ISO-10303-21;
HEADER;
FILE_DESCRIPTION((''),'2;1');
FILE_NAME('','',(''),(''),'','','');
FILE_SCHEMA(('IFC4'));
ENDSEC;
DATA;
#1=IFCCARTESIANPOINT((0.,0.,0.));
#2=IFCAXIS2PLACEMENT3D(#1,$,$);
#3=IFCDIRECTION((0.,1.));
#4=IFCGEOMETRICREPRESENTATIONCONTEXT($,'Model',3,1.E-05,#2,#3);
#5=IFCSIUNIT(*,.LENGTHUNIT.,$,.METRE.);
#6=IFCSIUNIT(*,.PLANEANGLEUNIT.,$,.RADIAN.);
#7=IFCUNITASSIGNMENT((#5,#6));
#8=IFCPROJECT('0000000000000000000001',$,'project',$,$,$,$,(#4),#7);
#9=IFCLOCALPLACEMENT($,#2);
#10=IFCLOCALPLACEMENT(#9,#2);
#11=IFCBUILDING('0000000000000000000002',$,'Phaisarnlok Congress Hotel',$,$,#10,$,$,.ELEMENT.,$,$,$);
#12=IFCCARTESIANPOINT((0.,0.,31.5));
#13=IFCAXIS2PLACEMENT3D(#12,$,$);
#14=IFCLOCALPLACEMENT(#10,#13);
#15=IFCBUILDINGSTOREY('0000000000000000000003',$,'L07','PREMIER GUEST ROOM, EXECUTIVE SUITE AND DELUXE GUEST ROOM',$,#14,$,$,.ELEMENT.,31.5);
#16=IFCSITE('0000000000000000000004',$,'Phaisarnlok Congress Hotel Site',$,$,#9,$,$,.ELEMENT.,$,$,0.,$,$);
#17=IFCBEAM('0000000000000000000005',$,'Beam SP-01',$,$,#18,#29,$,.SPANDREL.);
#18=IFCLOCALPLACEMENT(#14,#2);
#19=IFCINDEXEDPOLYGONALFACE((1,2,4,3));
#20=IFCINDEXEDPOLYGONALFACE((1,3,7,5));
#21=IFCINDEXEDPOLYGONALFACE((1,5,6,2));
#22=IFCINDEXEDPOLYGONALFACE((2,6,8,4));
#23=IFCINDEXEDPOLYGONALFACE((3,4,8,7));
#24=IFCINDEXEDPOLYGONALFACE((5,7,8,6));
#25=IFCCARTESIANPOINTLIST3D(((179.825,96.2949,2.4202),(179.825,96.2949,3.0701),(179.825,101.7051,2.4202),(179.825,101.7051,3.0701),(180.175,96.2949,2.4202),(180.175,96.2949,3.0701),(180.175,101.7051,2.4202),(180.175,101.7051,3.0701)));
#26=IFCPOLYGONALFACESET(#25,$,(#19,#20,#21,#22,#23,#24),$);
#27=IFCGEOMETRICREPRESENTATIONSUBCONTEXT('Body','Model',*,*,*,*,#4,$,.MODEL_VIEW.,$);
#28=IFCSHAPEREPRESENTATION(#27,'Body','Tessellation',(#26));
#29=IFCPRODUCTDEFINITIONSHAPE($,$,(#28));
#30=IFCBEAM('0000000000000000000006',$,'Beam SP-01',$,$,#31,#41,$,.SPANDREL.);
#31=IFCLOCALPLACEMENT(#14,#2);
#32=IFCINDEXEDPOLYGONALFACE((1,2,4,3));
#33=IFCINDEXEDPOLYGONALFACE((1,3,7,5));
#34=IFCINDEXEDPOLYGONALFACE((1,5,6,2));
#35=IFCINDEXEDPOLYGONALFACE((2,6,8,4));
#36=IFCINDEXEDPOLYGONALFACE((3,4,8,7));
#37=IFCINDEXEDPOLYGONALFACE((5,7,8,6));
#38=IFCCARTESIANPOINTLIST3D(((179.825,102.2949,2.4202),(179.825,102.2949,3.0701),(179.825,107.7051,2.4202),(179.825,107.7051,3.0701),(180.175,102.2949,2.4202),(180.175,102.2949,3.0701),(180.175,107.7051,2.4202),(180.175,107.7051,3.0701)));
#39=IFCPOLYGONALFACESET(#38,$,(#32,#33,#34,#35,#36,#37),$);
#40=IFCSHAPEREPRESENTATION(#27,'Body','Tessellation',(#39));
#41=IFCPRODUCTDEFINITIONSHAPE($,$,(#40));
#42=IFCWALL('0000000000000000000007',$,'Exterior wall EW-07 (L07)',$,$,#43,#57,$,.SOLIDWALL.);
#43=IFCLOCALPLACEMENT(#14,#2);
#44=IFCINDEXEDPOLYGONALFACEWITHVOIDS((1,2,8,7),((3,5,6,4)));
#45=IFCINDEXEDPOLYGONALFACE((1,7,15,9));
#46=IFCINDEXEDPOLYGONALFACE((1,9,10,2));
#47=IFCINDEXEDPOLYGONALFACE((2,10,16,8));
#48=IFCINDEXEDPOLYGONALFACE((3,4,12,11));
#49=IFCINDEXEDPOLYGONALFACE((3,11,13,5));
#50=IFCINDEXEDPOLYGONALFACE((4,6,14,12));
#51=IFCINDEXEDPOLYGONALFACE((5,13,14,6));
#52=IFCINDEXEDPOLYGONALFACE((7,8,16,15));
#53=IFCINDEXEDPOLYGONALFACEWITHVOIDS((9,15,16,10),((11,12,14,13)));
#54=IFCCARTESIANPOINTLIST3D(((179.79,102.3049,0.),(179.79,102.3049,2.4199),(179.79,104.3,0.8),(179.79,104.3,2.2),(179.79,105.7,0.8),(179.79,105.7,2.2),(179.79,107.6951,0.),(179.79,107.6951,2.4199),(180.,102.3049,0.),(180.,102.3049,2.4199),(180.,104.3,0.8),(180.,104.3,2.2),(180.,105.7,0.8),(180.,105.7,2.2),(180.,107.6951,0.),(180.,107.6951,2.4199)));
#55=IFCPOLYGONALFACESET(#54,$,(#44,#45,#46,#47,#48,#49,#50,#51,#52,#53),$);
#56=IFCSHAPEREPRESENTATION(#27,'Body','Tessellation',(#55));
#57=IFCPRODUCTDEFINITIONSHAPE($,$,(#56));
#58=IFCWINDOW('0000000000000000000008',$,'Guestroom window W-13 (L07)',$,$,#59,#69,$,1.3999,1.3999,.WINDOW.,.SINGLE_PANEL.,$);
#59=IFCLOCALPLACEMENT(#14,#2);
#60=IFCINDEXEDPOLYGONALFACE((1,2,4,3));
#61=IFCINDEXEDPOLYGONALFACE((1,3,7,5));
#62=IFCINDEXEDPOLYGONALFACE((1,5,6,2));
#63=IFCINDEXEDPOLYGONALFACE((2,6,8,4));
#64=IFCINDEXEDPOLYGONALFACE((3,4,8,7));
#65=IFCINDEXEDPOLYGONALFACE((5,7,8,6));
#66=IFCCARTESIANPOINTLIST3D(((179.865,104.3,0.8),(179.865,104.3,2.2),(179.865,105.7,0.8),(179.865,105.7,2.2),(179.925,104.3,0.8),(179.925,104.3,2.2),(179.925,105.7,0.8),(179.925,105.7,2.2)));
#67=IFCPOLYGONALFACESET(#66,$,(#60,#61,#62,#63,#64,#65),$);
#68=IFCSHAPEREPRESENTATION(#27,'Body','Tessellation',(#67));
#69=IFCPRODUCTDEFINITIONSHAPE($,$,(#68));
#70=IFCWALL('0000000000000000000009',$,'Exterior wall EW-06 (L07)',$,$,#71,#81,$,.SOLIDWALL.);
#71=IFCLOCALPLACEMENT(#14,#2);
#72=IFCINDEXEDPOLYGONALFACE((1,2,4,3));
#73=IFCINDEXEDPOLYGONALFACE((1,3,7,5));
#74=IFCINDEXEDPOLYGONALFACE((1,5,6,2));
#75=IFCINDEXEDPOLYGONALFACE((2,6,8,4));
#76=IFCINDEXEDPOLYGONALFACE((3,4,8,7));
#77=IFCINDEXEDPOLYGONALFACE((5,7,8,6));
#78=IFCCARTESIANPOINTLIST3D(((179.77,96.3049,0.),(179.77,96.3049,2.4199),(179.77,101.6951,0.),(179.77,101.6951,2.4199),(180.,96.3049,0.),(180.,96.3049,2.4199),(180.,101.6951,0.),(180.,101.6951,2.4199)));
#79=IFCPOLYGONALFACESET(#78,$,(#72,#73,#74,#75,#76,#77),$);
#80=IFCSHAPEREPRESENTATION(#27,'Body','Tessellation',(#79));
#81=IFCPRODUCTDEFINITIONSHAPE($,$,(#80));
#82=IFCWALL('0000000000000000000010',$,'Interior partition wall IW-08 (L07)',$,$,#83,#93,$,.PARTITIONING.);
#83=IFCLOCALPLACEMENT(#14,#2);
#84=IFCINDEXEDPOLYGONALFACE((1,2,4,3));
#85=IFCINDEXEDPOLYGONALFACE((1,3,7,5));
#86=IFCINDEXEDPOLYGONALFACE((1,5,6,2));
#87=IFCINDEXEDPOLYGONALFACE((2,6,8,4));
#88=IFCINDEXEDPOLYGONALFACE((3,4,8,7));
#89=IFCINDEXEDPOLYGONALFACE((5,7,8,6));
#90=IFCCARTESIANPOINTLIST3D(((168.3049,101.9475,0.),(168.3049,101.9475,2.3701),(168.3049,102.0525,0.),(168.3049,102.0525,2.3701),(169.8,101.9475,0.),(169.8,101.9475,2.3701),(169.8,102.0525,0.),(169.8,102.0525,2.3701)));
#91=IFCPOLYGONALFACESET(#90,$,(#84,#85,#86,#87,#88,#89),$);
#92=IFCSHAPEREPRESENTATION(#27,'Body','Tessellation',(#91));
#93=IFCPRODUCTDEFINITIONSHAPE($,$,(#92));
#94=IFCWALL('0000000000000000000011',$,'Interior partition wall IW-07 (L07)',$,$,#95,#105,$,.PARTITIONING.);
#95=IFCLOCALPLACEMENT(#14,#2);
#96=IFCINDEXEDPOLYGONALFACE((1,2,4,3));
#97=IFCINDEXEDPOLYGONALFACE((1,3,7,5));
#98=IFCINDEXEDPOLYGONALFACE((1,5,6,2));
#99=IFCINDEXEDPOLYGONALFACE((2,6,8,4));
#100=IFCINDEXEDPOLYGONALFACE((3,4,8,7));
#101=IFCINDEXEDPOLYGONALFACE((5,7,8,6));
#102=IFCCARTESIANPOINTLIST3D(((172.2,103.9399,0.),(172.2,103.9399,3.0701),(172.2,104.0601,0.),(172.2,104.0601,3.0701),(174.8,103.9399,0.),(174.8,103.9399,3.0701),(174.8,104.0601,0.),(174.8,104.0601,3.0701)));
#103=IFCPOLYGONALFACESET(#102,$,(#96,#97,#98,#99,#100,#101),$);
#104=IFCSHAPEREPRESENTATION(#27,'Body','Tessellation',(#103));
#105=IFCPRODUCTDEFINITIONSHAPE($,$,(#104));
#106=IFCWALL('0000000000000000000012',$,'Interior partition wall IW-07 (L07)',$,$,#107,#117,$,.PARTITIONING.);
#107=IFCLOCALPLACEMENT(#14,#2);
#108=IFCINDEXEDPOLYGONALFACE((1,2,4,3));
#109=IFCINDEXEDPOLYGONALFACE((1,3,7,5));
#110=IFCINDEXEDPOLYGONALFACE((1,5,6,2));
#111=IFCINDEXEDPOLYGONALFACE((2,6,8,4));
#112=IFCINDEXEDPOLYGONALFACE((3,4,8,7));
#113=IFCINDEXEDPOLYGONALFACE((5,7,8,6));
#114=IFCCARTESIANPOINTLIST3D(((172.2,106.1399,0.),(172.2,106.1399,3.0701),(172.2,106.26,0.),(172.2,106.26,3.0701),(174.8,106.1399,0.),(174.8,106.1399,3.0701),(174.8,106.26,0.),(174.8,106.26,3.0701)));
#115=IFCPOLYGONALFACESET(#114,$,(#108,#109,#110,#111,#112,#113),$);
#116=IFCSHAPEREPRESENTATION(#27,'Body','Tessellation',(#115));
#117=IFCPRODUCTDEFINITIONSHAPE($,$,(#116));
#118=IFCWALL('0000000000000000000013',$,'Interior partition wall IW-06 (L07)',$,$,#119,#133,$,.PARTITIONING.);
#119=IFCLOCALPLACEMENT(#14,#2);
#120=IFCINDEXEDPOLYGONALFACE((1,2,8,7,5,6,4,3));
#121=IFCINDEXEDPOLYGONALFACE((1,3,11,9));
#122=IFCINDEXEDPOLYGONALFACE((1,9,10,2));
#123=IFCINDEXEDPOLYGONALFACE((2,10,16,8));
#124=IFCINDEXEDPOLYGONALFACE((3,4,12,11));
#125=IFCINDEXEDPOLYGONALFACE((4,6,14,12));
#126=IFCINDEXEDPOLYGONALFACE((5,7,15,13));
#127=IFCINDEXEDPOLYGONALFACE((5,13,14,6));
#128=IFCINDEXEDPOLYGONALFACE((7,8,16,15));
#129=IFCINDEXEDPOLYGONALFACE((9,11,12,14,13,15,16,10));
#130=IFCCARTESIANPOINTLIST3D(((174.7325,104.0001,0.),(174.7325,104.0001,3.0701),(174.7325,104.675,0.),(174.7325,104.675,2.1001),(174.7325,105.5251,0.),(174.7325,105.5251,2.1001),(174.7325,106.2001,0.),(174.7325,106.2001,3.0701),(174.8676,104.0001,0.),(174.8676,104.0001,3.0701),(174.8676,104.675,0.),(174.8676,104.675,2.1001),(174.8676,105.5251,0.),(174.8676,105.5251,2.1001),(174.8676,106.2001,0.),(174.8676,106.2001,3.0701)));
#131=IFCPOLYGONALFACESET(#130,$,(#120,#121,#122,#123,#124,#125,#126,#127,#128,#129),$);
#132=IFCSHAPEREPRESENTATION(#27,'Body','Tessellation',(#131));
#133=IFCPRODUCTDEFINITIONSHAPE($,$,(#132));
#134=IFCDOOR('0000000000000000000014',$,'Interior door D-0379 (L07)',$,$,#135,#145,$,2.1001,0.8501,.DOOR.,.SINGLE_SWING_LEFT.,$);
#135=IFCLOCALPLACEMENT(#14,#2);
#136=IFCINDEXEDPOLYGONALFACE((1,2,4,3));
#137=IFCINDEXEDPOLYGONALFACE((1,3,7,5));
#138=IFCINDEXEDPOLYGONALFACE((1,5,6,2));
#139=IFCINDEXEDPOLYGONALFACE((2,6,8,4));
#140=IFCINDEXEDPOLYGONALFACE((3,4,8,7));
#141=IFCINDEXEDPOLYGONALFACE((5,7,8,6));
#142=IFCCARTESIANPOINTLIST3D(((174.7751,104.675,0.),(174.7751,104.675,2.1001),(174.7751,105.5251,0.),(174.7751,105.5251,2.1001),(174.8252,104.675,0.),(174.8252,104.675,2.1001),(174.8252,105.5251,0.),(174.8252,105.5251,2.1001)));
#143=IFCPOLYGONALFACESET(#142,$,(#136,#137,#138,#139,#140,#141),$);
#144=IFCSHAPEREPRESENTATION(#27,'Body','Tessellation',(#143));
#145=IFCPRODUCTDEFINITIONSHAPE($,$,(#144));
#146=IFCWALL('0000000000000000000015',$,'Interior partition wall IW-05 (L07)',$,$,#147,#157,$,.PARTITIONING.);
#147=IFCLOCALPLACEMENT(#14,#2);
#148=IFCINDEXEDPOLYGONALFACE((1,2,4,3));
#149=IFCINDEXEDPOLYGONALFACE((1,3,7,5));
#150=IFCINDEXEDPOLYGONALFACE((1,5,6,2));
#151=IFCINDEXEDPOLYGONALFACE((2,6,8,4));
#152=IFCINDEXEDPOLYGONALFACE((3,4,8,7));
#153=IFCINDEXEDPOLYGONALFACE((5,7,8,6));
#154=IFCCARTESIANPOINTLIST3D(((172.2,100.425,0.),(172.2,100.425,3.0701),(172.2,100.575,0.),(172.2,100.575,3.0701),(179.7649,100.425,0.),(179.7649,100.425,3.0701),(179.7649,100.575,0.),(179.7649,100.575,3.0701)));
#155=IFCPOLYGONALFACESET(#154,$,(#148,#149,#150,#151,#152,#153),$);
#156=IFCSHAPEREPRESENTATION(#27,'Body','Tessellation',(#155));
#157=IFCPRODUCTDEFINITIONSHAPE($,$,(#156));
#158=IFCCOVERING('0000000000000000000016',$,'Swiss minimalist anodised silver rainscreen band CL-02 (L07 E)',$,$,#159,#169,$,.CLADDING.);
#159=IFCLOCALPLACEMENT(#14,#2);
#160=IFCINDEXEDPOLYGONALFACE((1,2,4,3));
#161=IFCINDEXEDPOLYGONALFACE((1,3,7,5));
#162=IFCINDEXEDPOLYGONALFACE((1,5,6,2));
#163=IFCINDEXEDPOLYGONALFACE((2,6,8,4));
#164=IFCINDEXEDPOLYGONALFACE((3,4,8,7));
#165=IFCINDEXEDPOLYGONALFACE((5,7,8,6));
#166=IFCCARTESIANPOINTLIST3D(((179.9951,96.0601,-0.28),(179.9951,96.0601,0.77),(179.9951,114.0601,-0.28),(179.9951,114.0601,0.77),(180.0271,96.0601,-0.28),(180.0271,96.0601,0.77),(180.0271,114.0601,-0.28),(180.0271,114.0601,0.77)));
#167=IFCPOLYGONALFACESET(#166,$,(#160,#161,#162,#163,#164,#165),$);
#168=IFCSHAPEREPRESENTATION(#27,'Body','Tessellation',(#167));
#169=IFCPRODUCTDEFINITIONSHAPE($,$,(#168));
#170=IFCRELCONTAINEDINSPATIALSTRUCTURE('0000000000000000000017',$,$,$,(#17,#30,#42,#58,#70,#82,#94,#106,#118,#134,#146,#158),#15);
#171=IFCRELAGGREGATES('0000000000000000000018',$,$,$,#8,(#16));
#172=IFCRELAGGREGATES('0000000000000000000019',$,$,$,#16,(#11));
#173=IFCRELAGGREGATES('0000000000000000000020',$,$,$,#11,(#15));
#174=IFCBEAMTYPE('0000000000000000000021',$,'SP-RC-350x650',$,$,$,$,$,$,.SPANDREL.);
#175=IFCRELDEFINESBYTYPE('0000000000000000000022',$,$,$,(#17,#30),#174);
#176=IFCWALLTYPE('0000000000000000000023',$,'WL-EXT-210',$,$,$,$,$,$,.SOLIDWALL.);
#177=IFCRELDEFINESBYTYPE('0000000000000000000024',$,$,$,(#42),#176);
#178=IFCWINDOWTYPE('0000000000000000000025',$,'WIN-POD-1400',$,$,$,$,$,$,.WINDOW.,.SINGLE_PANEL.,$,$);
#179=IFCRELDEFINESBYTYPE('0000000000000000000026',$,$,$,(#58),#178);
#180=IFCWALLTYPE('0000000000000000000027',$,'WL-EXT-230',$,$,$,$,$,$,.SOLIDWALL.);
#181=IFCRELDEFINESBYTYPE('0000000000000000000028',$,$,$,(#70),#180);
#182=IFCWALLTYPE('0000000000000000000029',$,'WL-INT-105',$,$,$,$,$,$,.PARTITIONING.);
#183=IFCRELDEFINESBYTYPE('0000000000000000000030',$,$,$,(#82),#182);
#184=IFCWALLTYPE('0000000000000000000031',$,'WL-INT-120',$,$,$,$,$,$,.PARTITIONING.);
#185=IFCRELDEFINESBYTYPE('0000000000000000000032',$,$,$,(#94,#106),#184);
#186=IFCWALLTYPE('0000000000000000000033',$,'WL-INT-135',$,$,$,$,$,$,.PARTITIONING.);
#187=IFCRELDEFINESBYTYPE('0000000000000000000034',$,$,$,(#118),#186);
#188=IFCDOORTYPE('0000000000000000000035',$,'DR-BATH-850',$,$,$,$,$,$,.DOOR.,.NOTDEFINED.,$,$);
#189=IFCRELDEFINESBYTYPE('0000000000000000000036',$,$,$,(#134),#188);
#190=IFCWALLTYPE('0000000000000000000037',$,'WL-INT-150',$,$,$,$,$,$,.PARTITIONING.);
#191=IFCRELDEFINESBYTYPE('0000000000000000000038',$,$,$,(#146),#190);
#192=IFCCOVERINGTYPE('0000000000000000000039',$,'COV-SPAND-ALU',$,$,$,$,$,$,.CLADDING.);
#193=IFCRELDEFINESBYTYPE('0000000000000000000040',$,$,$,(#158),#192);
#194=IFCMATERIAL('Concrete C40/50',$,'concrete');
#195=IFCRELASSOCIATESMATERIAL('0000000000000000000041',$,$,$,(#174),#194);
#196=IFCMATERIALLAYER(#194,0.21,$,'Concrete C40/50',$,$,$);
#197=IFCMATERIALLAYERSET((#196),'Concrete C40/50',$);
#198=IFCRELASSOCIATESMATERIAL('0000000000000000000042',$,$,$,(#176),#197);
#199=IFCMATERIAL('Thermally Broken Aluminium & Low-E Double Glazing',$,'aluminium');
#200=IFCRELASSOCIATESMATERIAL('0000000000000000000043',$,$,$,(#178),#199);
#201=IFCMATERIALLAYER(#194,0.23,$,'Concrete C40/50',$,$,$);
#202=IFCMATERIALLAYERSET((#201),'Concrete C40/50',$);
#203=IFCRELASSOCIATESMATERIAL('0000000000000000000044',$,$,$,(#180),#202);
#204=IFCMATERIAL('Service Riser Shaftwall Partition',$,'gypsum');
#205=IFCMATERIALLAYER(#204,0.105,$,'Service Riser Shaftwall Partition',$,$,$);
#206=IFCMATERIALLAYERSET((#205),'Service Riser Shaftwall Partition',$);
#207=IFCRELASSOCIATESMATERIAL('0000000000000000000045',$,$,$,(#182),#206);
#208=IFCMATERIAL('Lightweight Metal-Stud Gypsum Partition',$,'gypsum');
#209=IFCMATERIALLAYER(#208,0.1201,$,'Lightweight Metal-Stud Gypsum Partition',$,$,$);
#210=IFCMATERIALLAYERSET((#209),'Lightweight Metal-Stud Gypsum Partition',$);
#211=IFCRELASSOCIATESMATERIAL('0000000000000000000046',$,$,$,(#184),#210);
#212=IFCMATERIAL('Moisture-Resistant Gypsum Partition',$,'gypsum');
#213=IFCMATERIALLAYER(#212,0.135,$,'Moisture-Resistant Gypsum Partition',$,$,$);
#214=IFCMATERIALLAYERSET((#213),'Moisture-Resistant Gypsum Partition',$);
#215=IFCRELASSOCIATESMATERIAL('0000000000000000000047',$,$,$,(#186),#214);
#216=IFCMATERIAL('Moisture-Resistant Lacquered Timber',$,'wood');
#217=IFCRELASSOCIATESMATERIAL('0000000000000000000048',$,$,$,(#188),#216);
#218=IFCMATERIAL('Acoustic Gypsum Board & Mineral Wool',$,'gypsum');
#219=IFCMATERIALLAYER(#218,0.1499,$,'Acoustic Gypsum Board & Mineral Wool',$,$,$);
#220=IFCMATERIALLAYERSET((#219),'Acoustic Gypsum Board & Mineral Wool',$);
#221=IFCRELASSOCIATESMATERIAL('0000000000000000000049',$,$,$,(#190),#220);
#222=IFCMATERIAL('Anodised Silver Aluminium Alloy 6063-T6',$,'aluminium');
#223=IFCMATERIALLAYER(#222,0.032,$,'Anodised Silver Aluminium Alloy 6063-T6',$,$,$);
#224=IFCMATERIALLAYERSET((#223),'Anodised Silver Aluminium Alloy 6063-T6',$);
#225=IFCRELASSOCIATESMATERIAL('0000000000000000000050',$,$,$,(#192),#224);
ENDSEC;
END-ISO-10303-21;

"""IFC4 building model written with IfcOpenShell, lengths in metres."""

from ifc_helpers import new_model, si_unit, direction, frame, frame_2d, origin, origin_2d, place, context, subcontext, project, spatial, polyline, rectangle, outline, extrude, material, layer, layer_set, material_profile, profile_set, type_object, element, fill, save


model = new_model("IFC4")

# Units and contexts
model_context = context("Model", 3, precision=1e-05, world=origin(), true_north=direction((0.0, 1.0)))
body_context = subcontext(model_context, "Body", "Model", "MODEL_VIEW")
ifc_project = project(units=[si_unit("LENGTHUNIT", "METRE"), si_unit("PLANEANGLEUNIT", "RADIAN")], contexts=[model_context])

# Site, building, storey
site_placement = place(None, origin())
site = spatial("IfcSite", under=ifc_project, at=site_placement, Name="Phaisarnlok Congress Hotel Site", CompositionType="ELEMENT", RefElevation=0.0)
building_placement = place(site_placement, origin())
building = spatial("IfcBuilding", under=site, at=building_placement, Name="Phaisarnlok Congress Hotel", CompositionType="ELEMENT")
storey_placement = place(building_placement, frame((0.0, 0.0, 31.5)))
storey = spatial("IfcBuildingStorey", under=building, at=storey_placement, Name="L07", Description="PREMIER GUEST ROOM, EXECUTIVE SUITE AND DELUXE GUEST ROOM", CompositionType="ELEMENT", Elevation=31.5)

# Beams
ifc_material_1 = material(Name="Concrete C40/50", Category="concrete")
ifc_material_profile_1 = material_profile(ifc_material_1, rectangle(XDim=0.3501, YDim=0.6499, at=origin_2d()), Name="RC 350x650")
ifc_profile_set_1 = profile_set([ifc_material_profile_1], Name="Concrete C40/50")
beam_type_1 = type_object("IfcBeamType", Name="SP-RC-350x650", PredefinedType="SPANDREL", material=ifc_profile_set_1)
for number, where, z_axis, x_axis, name in (
    (1, (180.0, 96.2949, 2.7451), (0.0, 1.0, 0.0), (-1.0, 0.0, 0.0), "Beam SP-01"),
    (2, (180.0, 102.2949, 2.7451), (0.0, 1.0, 0.0), (-1.0, 0.0, 0.0), "Beam SP-01"),
):
    element("IfcBeam", number, at=place(storey_placement, frame(where, z_axis=z_axis, x_axis=x_axis)), inside=storey, type_object=beam_type_1, Name=name, PredefinedType="SPANDREL", context=body_context, shape_type="SweptSolid", body=[
        extrude(rectangle(XDim=0.3501, YDim=0.6499, at=origin_2d()), origin(), (0.0, 0.0, 1.0), 5.4102),
    ])

# Wall, opening, window
ifc_layer_1 = layer(ifc_material_1, 0.21, Name="Concrete C40/50")
ifc_layer_set_1 = layer_set([ifc_layer_1], Name="Concrete C40/50")
wall_type_1 = type_object("IfcWallType", Name="WL-EXT-210", PredefinedType="SOLIDWALL", material=ifc_layer_set_1)
wall_1_placement = place(storey_placement, frame((179.895, 102.3049, 0.0), z_axis=(0.0, 0.0, 1.0), x_axis=(0.0, 1.0, 0.0)))
wall_1 = element("IfcWall", 3, at=wall_1_placement, inside=storey, type_object=wall_type_1, Name="Exterior wall EW-07 (L07)", PredefinedType="SOLIDWALL", context=body_context, shape_type="SweptSolid", body=[
    extrude(rectangle(XDim=5.3901, YDim=0.21, at=frame_2d((2.6951, 0.0))), origin(), (0.0, 0.0, 1.0), 2.4199),
])
opening_1_placement = place(wall_1_placement, frame((1.9951, 0.0, 0.8)))
opening_1 = element("IfcOpeningElement", 4, at=opening_1_placement, cuts=wall_1, PredefinedType="OPENING", context=body_context, shape_type="SweptSolid", body=[
    extrude(rectangle(XDim=1.3999, YDim=1.3999, at=frame_2d((0.7, 0.7))), frame((0.0, 0.115, 0.0), z_axis=(0.0, -1.0, 0.0), x_axis=(1.0, 0.0, 0.0)), (0.0, 0.0, 1.0), 0.23),
])
ifc_material_2 = material(Name="Thermally Broken Aluminium & Low-E Double Glazing", Category="aluminium")
window_type = type_object("IfcWindowType", Name="WIN-POD-1400", PartitioningType="SINGLE_PANEL", PredefinedType="WINDOW", material=ifc_material_2)
window_placement = place(opening_1_placement, origin())
window = element("IfcWindow", 5, at=window_placement, inside=storey, type_object=window_type, Name="Guestroom window W-13 (L07)", OverallHeight=1.3999, OverallWidth=1.3999, PartitioningType="SINGLE_PANEL", PredefinedType="WINDOW", context=body_context, shape_type="SweptSolid", body=[
    extrude(rectangle(XDim=1.3999, YDim=1.3999, at=frame_2d((0.7, 0.7))), frame((0.0, 0.03, 0.0), z_axis=(0.0, -1.0, 0.0), x_axis=(1.0, 0.0, 0.0)), (0.0, 0.0, 1.0), 0.0601),
])
fill(opening_1, window)

# Walls
ifc_layer_2 = layer(ifc_material_1, 0.23, Name="Concrete C40/50")
ifc_layer_set_2 = layer_set([ifc_layer_2], Name="Concrete C40/50")
wall_type_2 = type_object("IfcWallType", Name="WL-EXT-230", PredefinedType="SOLIDWALL", material=ifc_layer_set_2)
wall_2_placement = place(storey_placement, frame((179.885, 96.3049, 0.0), z_axis=(0.0, 0.0, 1.0), x_axis=(0.0, 1.0, 0.0)))
element("IfcWall", 6, at=wall_2_placement, inside=storey, type_object=wall_type_2, Name="Exterior wall EW-06 (L07)", PredefinedType="SOLIDWALL", context=body_context, shape_type="SweptSolid", body=[
    extrude(rectangle(XDim=5.3901, YDim=0.23, at=frame_2d((2.6951, 0.0))), origin(), (0.0, 0.0, 1.0), 2.4199),
])
ifc_material_3 = material(Name="Service Riser Shaftwall Partition", Category="gypsum")
ifc_layer_3 = layer(ifc_material_3, 0.105, Name="Service Riser Shaftwall Partition")
ifc_layer_set_3 = layer_set([ifc_layer_3], Name="Service Riser Shaftwall Partition")
wall_type_3 = type_object("IfcWallType", Name="WL-INT-105", PredefinedType="PARTITIONING", material=ifc_layer_set_3)
wall_3_placement = place(storey_placement, frame((168.3049, 102.0, 0.0), z_axis=(0.0, 0.0, 1.0), x_axis=(1.0, 0.0, 0.0)))
element("IfcWall", 7, at=wall_3_placement, inside=storey, type_object=wall_type_3, Name="Interior partition wall IW-08 (L07)", PredefinedType="PARTITIONING", context=body_context, shape_type="SweptSolid", body=[
    extrude(rectangle(XDim=1.4951, YDim=0.105, at=frame_2d((0.7476, 0.0))), origin(), (0.0, 0.0, 1.0), 2.3701),
])
ifc_material_4 = material(Name="Lightweight Metal-Stud Gypsum Partition", Category="gypsum")
ifc_layer_4 = layer(ifc_material_4, 0.1201, Name="Lightweight Metal-Stud Gypsum Partition")
ifc_layer_set_4 = layer_set([ifc_layer_4], Name="Lightweight Metal-Stud Gypsum Partition")
wall_type_4 = type_object("IfcWallType", Name="WL-INT-120", PredefinedType="PARTITIONING", material=ifc_layer_set_4)
for number, where, z_axis, x_axis, name in (
    (8, (172.2, 104.0, 0.0), (0.0, 0.0, 1.0), (1.0, 0.0, 0.0), "Interior partition wall IW-07 (L07)"),
    (9, (172.2, 106.2, 0.0), (0.0, 0.0, 1.0), (1.0, 0.0, 0.0), "Interior partition wall IW-07 (L07)"),
):
    element("IfcWall", number, at=place(storey_placement, frame(where, z_axis=z_axis, x_axis=x_axis)), inside=storey, type_object=wall_type_4, Name=name, PredefinedType="PARTITIONING", context=body_context, shape_type="SweptSolid", body=[
        extrude(rectangle(XDim=2.6001, YDim=0.1201, at=frame_2d((1.3, 0.0))), origin(), (0.0, 0.0, 1.0), 3.0701),
    ])

# Wall, opening, door
ifc_material_5 = material(Name="Moisture-Resistant Gypsum Partition", Category="gypsum")
ifc_layer_5 = layer(ifc_material_5, 0.135, Name="Moisture-Resistant Gypsum Partition")
ifc_layer_set_5 = layer_set([ifc_layer_5], Name="Moisture-Resistant Gypsum Partition")
wall_type_5 = type_object("IfcWallType", Name="WL-INT-135", PredefinedType="PARTITIONING", material=ifc_layer_set_5)
wall_4_placement = place(storey_placement, frame((174.8, 104.0, 0.0), z_axis=(0.0, 0.0, 1.0), x_axis=(0.0, 1.0, 0.0)))
wall_4 = element("IfcWall", 10, at=wall_4_placement, inside=storey, type_object=wall_type_5, Name="Interior partition wall IW-06 (L07)", PredefinedType="PARTITIONING", context=body_context, shape_type="SweptSolid", body=[
    extrude(rectangle(XDim=2.2, YDim=0.135, at=frame_2d((1.1001, 0.0))), origin(), (0.0, 0.0, 1.0), 3.0701),
])
opening_2_placement = place(wall_4_placement, frame((0.675, 0.0, 0.0)))
opening_2 = element("IfcOpeningElement", 11, at=opening_2_placement, cuts=wall_4, PredefinedType="OPENING", context=body_context, shape_type="SweptSolid", body=[
    extrude(rectangle(XDim=0.8501, YDim=2.1001, at=frame_2d((0.425, 1.05))), frame((0.0, 0.0776, 0.0), z_axis=(0.0, -1.0, 0.0), x_axis=(1.0, 0.0, 0.0)), (0.0, 0.0, 1.0), 0.155),
])
ifc_material_6 = material(Name="Moisture-Resistant Lacquered Timber", Category="wood")
door_type = type_object("IfcDoorType", Name="DR-BATH-850", OperationType="NOTDEFINED", PredefinedType="DOOR", material=ifc_material_6)
door_placement = place(opening_2_placement, origin())
door = element("IfcDoor", 12, at=door_placement, inside=storey, type_object=door_type, Name="Interior door D-0379 (L07)", OperationType="SINGLE_SWING_LEFT", OverallHeight=2.1001, OverallWidth=0.8501, PredefinedType="DOOR", context=body_context, shape_type="SweptSolid", body=[
    extrude(rectangle(XDim=0.8501, YDim=2.1001, at=frame_2d((0.425, 1.05))), frame((0.0, 0.0249, 0.0), z_axis=(0.0, -1.0, 0.0), x_axis=(1.0, 0.0, 0.0)), (0.0, 0.0, 1.0), 0.05),
])
fill(opening_2, door)

# Wall
ifc_material_7 = material(Name="Acoustic Gypsum Board & Mineral Wool", Category="gypsum")
ifc_layer_6 = layer(ifc_material_7, 0.1499, Name="Acoustic Gypsum Board & Mineral Wool")
ifc_layer_set_6 = layer_set([ifc_layer_6], Name="Acoustic Gypsum Board & Mineral Wool")
wall_type_6 = type_object("IfcWallType", Name="WL-INT-150", PredefinedType="PARTITIONING", material=ifc_layer_set_6)
wall_5_placement = place(storey_placement, frame((172.2, 100.5, 0.0), z_axis=(0.0, 0.0, 1.0), x_axis=(1.0, 0.0, 0.0)))
element("IfcWall", 13, at=wall_5_placement, inside=storey, type_object=wall_type_6, Name="Interior partition wall IW-05 (L07)", PredefinedType="PARTITIONING", context=body_context, shape_type="SweptSolid", body=[
    extrude(rectangle(XDim=7.5649, YDim=0.1499, at=frame_2d((3.7825, 0.0))), origin(), (0.0, 0.0, 1.0), 3.0701),
])

# Covering
ifc_material_8 = material(Name="Anodised Silver Aluminium Alloy 6063-T6", Category="aluminium")
ifc_layer_7 = layer(ifc_material_8, 0.032, Name="Anodised Silver Aluminium Alloy 6063-T6")
ifc_layer_set_7 = layer_set([ifc_layer_7], Name="Anodised Silver Aluminium Alloy 6063-T6")
covering_type = type_object("IfcCoveringType", Name="COV-SPAND-ALU", PredefinedType="CLADDING", material=ifc_layer_set_7)
covering_placement = place(storey_placement, frame((179.9951, 96.0601, -0.28), z_axis=(1.0, 0.0, 0.0), x_axis=(0.0, 1.0, 0.0)))
element("IfcCovering", 14, at=covering_placement, inside=storey, type_object=covering_type, Name="Swiss minimalist anodised silver rainscreen band CL-02 (L07 E)", PredefinedType="CLADDING", context=body_context, shape_type="SweptSolid", body=[
    extrude(outline(polyline([(0.0, 0.0), (18.0, 0.0), (18.0, 1.05), (0.0, 1.05), (0.0, 0.0)])), origin(), (0.0, 0.0, 1.0), 0.032),
])

save(model, "model.ifc")
